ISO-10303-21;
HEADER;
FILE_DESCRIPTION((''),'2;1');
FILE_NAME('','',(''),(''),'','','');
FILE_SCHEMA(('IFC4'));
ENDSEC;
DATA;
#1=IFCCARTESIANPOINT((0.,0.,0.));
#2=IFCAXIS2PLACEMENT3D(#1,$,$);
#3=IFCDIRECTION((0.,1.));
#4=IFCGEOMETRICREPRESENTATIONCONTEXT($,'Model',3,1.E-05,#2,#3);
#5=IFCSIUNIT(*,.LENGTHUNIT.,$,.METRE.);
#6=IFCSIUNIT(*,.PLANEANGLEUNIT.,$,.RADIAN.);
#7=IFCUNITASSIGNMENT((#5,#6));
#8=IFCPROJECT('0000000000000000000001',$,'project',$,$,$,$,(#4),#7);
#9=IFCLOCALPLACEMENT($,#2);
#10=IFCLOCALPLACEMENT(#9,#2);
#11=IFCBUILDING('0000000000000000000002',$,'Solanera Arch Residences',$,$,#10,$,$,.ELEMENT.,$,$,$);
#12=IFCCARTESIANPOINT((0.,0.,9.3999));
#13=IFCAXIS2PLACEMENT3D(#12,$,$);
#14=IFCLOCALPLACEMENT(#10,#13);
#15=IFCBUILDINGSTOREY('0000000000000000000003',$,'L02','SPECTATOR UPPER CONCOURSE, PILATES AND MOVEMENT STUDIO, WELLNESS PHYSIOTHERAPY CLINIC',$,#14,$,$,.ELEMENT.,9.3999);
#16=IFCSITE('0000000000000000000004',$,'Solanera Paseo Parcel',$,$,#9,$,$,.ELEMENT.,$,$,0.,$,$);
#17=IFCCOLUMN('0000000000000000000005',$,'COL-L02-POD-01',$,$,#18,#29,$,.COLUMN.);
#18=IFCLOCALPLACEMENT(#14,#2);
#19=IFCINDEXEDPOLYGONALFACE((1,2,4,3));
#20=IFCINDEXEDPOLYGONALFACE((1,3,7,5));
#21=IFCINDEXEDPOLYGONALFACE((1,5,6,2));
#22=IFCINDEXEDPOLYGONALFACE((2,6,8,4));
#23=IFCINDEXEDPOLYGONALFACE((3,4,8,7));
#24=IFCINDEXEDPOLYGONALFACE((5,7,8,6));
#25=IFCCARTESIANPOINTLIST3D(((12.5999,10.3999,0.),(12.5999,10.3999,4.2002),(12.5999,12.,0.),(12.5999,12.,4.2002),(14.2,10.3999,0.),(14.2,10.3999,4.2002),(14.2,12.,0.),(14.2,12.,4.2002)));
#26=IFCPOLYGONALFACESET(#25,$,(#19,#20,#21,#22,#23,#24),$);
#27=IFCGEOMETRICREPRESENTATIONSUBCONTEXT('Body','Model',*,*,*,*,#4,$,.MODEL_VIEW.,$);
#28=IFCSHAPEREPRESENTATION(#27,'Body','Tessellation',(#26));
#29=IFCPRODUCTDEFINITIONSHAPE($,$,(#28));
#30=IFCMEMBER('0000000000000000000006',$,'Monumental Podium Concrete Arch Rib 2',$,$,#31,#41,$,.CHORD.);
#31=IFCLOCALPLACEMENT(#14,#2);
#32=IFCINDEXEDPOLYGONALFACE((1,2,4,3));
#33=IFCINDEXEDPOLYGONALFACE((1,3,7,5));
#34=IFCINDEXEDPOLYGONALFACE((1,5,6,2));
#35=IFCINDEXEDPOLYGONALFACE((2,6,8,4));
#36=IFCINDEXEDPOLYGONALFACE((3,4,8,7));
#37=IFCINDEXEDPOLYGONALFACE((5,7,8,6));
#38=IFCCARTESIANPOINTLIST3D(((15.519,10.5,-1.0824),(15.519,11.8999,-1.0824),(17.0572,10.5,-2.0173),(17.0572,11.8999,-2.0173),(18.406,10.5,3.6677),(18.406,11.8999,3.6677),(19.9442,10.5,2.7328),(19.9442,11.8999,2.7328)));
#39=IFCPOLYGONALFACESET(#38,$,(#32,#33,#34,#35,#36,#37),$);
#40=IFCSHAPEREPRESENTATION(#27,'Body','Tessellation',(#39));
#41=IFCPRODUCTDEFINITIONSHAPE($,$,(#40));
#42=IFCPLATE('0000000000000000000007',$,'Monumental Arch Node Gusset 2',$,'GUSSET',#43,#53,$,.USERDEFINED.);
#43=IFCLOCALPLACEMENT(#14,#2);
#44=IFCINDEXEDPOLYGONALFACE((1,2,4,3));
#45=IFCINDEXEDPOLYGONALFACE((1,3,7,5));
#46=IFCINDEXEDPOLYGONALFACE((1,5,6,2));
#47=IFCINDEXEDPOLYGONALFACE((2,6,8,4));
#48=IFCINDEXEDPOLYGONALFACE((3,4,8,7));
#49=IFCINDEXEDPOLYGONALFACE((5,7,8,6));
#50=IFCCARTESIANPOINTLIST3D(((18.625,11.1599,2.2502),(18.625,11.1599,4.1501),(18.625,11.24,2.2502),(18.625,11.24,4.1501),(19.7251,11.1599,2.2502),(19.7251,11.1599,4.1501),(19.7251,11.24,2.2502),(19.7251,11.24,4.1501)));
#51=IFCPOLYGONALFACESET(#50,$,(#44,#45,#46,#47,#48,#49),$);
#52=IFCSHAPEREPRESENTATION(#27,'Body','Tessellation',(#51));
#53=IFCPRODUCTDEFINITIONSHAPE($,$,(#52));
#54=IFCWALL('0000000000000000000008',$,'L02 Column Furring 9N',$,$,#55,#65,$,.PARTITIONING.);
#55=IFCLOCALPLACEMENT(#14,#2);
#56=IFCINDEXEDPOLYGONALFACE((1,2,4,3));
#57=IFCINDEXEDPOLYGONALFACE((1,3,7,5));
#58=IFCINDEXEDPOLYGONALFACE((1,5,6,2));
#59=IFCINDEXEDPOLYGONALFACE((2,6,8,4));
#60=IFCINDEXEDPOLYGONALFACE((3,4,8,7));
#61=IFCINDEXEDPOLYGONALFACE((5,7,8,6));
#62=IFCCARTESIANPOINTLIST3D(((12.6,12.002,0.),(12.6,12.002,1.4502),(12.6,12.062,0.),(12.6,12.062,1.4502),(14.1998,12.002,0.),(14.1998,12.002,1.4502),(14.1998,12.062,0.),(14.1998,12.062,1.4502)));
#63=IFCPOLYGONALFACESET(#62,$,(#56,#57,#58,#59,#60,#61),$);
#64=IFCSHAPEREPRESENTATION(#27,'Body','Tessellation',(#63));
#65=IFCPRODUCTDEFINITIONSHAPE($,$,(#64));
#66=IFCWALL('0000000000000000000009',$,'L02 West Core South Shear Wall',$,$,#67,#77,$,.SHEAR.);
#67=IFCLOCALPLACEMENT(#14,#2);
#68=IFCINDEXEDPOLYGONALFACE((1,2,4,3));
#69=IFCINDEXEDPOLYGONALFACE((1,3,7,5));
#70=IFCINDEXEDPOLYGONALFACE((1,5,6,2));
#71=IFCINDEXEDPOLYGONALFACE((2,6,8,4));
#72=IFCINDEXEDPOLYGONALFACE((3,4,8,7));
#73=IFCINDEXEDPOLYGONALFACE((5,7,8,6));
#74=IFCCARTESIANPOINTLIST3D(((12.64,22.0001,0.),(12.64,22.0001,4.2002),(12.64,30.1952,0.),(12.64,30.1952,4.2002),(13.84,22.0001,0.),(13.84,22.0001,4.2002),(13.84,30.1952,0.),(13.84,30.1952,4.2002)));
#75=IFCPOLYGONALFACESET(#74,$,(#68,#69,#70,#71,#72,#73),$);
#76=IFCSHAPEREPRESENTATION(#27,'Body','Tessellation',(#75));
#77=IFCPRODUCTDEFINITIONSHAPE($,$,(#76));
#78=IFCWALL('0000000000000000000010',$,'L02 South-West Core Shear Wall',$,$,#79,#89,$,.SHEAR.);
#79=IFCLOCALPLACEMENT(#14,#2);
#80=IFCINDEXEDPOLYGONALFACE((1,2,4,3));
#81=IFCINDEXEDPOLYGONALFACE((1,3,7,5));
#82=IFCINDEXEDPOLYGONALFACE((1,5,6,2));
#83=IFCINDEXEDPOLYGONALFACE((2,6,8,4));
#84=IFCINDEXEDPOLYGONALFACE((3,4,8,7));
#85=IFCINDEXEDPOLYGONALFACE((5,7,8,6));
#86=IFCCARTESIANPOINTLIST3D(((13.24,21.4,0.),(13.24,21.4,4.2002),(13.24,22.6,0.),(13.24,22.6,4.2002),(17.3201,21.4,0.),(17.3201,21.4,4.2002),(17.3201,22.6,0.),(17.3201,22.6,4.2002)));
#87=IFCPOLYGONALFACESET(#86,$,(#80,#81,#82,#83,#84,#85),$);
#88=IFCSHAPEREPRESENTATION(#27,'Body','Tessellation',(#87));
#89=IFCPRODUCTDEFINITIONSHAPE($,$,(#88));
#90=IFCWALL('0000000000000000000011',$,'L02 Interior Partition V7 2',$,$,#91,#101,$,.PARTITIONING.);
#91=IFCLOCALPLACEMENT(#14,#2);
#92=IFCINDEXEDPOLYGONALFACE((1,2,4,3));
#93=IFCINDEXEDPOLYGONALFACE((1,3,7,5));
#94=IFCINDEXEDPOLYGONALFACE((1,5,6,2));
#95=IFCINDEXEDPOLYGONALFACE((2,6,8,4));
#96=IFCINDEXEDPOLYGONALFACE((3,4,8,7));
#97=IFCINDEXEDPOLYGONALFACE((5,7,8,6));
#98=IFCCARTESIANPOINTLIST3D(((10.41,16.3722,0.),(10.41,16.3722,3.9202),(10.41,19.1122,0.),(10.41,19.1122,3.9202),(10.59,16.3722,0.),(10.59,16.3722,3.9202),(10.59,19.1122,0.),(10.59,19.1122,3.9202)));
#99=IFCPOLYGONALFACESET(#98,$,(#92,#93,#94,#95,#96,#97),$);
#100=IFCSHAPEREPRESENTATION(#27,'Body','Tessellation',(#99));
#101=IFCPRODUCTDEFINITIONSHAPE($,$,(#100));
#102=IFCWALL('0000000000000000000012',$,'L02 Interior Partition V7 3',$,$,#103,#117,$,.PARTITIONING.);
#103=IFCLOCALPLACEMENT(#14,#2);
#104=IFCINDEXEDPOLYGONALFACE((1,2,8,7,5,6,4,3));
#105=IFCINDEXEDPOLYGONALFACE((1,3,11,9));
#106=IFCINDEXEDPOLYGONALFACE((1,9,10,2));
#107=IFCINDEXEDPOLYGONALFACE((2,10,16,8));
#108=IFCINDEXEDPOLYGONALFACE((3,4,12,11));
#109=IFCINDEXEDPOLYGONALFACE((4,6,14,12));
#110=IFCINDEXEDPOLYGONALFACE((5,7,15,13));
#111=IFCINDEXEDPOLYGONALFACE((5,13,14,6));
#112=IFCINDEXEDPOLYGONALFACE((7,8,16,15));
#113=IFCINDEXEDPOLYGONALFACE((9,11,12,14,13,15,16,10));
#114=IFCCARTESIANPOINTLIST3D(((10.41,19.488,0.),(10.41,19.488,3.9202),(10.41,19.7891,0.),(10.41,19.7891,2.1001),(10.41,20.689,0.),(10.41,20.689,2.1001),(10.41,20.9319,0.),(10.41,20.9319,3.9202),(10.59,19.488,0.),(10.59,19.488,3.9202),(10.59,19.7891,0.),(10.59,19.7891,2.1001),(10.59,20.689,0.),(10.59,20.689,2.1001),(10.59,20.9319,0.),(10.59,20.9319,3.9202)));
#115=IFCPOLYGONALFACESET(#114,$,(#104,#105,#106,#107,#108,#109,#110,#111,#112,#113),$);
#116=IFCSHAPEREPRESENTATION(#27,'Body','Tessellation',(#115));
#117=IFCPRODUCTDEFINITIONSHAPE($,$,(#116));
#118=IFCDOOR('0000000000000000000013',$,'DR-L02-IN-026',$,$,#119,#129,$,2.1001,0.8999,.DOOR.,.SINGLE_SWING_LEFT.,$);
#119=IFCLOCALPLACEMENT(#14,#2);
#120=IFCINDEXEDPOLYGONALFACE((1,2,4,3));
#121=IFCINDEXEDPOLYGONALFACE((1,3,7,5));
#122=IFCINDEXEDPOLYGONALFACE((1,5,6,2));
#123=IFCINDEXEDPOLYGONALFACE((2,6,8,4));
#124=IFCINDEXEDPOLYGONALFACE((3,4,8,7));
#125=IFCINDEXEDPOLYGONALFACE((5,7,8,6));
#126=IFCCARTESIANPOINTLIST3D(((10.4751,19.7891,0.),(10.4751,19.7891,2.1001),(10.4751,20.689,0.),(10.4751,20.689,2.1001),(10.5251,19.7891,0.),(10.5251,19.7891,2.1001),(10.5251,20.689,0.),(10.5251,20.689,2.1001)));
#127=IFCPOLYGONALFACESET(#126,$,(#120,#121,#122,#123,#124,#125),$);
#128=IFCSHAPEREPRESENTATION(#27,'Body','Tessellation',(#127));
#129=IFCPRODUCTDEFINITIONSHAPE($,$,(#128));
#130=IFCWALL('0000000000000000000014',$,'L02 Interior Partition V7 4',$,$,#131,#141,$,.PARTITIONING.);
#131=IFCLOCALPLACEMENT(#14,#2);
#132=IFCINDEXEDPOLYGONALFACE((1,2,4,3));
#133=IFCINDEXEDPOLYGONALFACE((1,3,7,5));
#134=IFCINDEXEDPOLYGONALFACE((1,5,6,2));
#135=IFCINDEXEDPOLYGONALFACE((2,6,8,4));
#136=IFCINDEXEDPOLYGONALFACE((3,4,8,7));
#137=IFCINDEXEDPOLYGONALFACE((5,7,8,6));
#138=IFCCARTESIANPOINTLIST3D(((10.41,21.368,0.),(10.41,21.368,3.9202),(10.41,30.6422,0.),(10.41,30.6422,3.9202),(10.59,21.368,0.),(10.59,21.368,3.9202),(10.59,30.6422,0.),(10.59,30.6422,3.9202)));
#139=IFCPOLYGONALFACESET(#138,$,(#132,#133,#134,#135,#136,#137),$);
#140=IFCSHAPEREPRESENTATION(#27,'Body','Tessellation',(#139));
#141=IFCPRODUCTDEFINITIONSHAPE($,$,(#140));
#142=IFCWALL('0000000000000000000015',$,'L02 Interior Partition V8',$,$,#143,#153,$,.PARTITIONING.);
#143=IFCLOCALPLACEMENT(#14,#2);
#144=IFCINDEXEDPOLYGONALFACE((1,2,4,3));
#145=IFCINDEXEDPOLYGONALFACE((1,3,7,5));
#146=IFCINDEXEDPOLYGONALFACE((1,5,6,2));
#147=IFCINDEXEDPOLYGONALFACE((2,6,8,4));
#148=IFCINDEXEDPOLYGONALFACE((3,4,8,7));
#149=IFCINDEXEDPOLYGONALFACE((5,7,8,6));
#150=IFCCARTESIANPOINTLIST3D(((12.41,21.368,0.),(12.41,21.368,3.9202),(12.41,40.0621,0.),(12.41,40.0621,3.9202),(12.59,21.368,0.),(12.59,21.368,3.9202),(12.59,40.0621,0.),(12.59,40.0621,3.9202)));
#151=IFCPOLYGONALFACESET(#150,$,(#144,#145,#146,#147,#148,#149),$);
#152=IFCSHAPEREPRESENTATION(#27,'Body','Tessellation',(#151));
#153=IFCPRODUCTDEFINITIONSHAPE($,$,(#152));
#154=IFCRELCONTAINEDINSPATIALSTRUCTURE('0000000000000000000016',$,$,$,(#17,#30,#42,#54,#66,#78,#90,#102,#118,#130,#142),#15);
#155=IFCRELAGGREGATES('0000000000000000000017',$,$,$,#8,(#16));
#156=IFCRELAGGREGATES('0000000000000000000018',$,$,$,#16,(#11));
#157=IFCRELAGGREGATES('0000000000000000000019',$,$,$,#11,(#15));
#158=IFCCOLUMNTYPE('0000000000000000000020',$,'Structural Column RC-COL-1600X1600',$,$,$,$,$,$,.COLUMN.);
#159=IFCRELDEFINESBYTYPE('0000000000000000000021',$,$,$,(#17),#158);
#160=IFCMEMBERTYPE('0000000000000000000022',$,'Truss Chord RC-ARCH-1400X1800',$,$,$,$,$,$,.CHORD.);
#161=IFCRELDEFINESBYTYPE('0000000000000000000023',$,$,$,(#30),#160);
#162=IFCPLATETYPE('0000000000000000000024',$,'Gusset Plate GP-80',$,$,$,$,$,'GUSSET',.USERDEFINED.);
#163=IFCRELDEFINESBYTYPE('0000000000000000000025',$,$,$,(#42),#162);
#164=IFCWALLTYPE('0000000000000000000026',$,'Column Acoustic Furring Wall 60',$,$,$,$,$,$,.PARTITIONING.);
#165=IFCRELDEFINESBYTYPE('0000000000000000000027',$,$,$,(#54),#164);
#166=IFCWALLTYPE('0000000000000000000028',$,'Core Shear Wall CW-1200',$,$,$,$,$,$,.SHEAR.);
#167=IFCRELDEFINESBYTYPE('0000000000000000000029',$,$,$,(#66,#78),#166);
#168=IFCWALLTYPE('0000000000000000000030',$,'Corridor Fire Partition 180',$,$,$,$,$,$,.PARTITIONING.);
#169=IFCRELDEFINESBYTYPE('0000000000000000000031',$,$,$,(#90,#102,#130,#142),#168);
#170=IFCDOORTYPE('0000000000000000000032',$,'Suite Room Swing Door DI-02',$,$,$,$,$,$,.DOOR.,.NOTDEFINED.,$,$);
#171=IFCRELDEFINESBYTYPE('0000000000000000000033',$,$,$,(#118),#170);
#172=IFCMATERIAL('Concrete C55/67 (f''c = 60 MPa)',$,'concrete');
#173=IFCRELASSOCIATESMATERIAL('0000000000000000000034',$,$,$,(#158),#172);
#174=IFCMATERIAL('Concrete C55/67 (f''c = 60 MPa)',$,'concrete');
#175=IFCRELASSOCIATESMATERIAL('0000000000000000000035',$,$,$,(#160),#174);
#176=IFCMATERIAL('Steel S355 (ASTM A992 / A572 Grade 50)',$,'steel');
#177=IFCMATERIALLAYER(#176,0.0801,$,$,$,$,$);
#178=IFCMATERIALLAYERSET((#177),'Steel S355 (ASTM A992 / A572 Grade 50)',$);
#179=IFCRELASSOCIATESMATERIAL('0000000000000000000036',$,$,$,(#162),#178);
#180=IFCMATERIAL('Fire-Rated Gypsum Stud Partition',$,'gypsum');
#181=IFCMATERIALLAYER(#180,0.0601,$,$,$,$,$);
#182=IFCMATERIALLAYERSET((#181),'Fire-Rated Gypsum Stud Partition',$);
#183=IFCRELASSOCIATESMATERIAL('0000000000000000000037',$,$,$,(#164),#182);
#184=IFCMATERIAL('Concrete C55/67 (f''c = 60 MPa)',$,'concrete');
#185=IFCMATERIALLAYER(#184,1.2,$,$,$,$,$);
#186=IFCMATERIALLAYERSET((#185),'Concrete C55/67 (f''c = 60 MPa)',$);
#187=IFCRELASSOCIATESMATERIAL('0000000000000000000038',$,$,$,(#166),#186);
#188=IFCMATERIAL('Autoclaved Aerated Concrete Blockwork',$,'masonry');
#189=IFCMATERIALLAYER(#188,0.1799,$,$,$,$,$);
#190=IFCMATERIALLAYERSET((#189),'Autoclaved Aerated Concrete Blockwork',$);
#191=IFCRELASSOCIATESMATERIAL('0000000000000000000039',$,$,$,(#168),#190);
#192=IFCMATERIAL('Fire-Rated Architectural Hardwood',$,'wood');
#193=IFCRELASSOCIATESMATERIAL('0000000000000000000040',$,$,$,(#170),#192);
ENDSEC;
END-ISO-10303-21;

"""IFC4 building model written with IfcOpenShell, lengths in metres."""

from ifc_helpers import new_model, si_unit, direction, frame, frame_2d, origin, origin_2d, place, context, subcontext, project, spatial, rectangle, extrude, material, layer, layer_set, material_profile, profile_set, type_object, element, fill, save


model = new_model("IFC4")

# Units and contexts
model_context = context("Model", 3, precision=1e-05, world=origin(), true_north=direction((0.0, 1.0)))
body_context = subcontext(model_context, "Body", "Model", "MODEL_VIEW")
ifc_project = project(units=[si_unit("LENGTHUNIT", "METRE"), si_unit("PLANEANGLEUNIT", "RADIAN")], contexts=[model_context])

# Site, building, storey
site_placement = place(None, origin())
site = spatial("IfcSite", under=ifc_project, at=site_placement, Name="Solanera Paseo Parcel", CompositionType="ELEMENT", RefElevation=0.0)
building_placement = place(site_placement, origin())
building = spatial("IfcBuilding", under=site, at=building_placement, Name="Solanera Arch Residences", CompositionType="ELEMENT")
storey_placement = place(building_placement, frame((0.0, 0.0, 9.3999)))
storey = spatial("IfcBuildingStorey", under=building, at=storey_placement, Name="L02", Description="SPECTATOR UPPER CONCOURSE, PILATES AND MOVEMENT STUDIO, WELLNESS PHYSIOTHERAPY CLINIC", CompositionType="ELEMENT", Elevation=9.3999)

# Column
ifc_material_1 = material(Name="Concrete C55/67 (f'c = 60 MPa)", Category="concrete")
ifc_material_profile_1 = material_profile(ifc_material_1, rectangle(XDim=1.6001, YDim=1.6001, at=origin_2d()))
ifc_profile_set_1 = profile_set([ifc_material_profile_1], Name="Concrete C55/67 (f'c = 60 MPa)")
column_type = type_object("IfcColumnType", Name="Structural Column RC-COL-1600X1600", PredefinedType="COLUMN", material=ifc_profile_set_1)
column_placement = place(storey_placement, frame((13.3999, 11.2, 0.0), z_axis=(0.0, 0.0, 1.0), x_axis=(1.0, 0.0, 0.0)))
element("IfcColumn", 1, at=column_placement, inside=storey, type_object=column_type, Name="COL-L02-POD-01", PredefinedType="COLUMN", context=body_context, shape_type="SweptSolid", body=[
    extrude(rectangle(XDim=1.6001, YDim=1.6001, at=origin_2d()), origin(), (0.0, 0.0, 1.0), 4.2002),
])

# Member
ifc_material_2 = material(Name="Concrete C55/67 (f'c = 60 MPa)", Category="concrete")
ifc_material_profile_2 = material_profile(ifc_material_2, rectangle(XDim=1.3999, YDim=1.8, at=origin_2d()))
ifc_profile_set_2 = profile_set([ifc_material_profile_2], Name="Concrete C55/67 (f'c = 60 MPa)")
member_type = type_object("IfcMemberType", Name="Truss Chord RC-ARCH-1400X1800", PredefinedType="CHORD", material=ifc_profile_set_2)
member_placement = place(storey_placement, frame((16.2881, 11.2, -1.5498), z_axis=(0.519377, 0.0, 0.854545), x_axis=(0.0, 1.0, 0.0)))
element("IfcMember", 2, at=member_placement, inside=storey, type_object=member_type, Name="Monumental Podium Concrete Arch Rib 2", PredefinedType="CHORD", context=body_context, shape_type="SweptSolid", body=[
    extrude(rectangle(XDim=1.3999, YDim=1.8, at=origin_2d()), origin(), (0.0, 0.0, 1.0), 5.5586),
])

# Plate
ifc_material_3 = material(Name="Steel S355 (ASTM A992 / A572 Grade 50)", Category="steel")
ifc_layer_1 = layer(ifc_material_3, 0.0801)
ifc_layer_set_1 = layer_set([ifc_layer_1], Name="Steel S355 (ASTM A992 / A572 Grade 50)")
plate_type = type_object("IfcPlateType", Name="Gusset Plate GP-80", ElementType="GUSSET", PredefinedType="USERDEFINED", material=ifc_layer_set_1)
plate_placement = place(storey_placement, frame((19.175, 11.2, 2.2502), z_axis=(0.0, 0.0, 1.0), x_axis=(1.0, 0.0, 0.0)))
element("IfcPlate", 3, at=plate_placement, inside=storey, type_object=plate_type, Name="Monumental Arch Node Gusset 2", ObjectType="GUSSET", PredefinedType="USERDEFINED", context=body_context, shape_type="SweptSolid", body=[
    extrude(rectangle(XDim=1.1001, YDim=0.0801, at=origin_2d()), origin(), (0.0, 0.0, 1.0), 1.8999),
])

# Walls
ifc_material_4 = material(Name="Fire-Rated Gypsum Stud Partition", Category="gypsum")
ifc_layer_2 = layer(ifc_material_4, 0.0601)
ifc_layer_set_2 = layer_set([ifc_layer_2], Name="Fire-Rated Gypsum Stud Partition")
wall_type_1 = type_object("IfcWallType", Name="Column Acoustic Furring Wall 60", PredefinedType="PARTITIONING", material=ifc_layer_set_2)
wall_1_placement = place(storey_placement, frame((12.6001, 12.032, 0.0), z_axis=(0.0, 0.0, 1.0), x_axis=(1.0, 0.0, 0.0)))
element("IfcWall", 4, at=wall_1_placement, inside=storey, type_object=wall_type_1, Name="L02 Column Furring 9N", PredefinedType="PARTITIONING", context=body_context, shape_type="SweptSolid", body=[
    extrude(rectangle(XDim=1.5999, YDim=0.0601, at=frame_2d((0.7998, 0.0))), origin(), (0.0, 0.0, 1.0), 1.4502),
])
ifc_material_5 = material(Name="Concrete C55/67 (f'c = 60 MPa)", Category="concrete")
ifc_layer_3 = layer(ifc_material_5, 1.2)
ifc_layer_set_3 = layer_set([ifc_layer_3], Name="Concrete C55/67 (f'c = 60 MPa)")
wall_type_2 = type_object("IfcWallType", Name="Core Shear Wall CW-1200", PredefinedType="SHEAR", material=ifc_layer_set_3)
wall_2_placement = place(storey_placement, frame((13.24, 22.0, 0.0), z_axis=(0.0, 0.0, 1.0), x_axis=(0.0, 1.0, 0.0)))
element("IfcWall", 5, at=wall_2_placement, inside=storey, type_object=wall_type_2, Name="L02 West Core South Shear Wall", PredefinedType="SHEAR", context=body_context, shape_type="SweptSolid", body=[
    extrude(rectangle(XDim=8.1951, YDim=1.2, at=frame_2d((4.0977, 0.0))), origin(), (0.0, 0.0, 1.0), 4.2002),
])
wall_3_placement = place(storey_placement, frame((13.24, 22.0, 0.0), z_axis=(0.0, 0.0, 1.0), x_axis=(1.0, 0.0, 0.0)))
element("IfcWall", 6, at=wall_3_placement, inside=storey, type_object=wall_type_2, Name="L02 South-West Core Shear Wall", PredefinedType="SHEAR", context=body_context, shape_type="SweptSolid", body=[
    extrude(rectangle(XDim=4.0801, YDim=1.2, at=frame_2d((2.04, 0.0))), origin(), (0.0, 0.0, 1.0), 4.2002),
])

# Wall
ifc_material_6 = material(Name="Autoclaved Aerated Concrete Blockwork", Category="masonry")
ifc_layer_4 = layer(ifc_material_6, 0.1799)
ifc_layer_set_4 = layer_set([ifc_layer_4], Name="Autoclaved Aerated Concrete Blockwork")
wall_type_3 = type_object("IfcWallType", Name="Corridor Fire Partition 180", PredefinedType="PARTITIONING", material=ifc_layer_set_4)
wall_4_placement = place(storey_placement, frame((10.5, 16.3721, 0.0), z_axis=(0.0, 0.0, 1.0), x_axis=(0.0, 1.0, 0.0)))
element("IfcWall", 7, at=wall_4_placement, inside=storey, type_object=wall_type_3, Name="L02 Interior Partition V7 2", PredefinedType="PARTITIONING", context=body_context, shape_type="SweptSolid", body=[
    extrude(rectangle(XDim=2.74, YDim=0.1799, at=frame_2d((1.3701, 0.0))), origin(), (0.0, 0.0, 1.0), 3.9202),
])

# Wall, opening, door
wall_5_placement = place(storey_placement, frame((10.5, 19.488, 0.0), z_axis=(0.0, 0.0, 1.0), x_axis=(0.0, 1.0, 0.0)))
wall_5 = element("IfcWall", 8, at=wall_5_placement, inside=storey, type_object=wall_type_3, Name="L02 Interior Partition V7 3", PredefinedType="PARTITIONING", context=body_context, shape_type="SweptSolid", body=[
    extrude(rectangle(XDim=1.4438, YDim=0.1799, at=frame_2d((0.7219, 0.0))), origin(), (0.0, 0.0, 1.0), 3.9202),
])
opening_1_placement = place(wall_5_placement, frame((0.301, 0.0, 0.0)))
opening_1 = element("IfcOpeningElement", 9, at=opening_1_placement, cuts=wall_5, PredefinedType="OPENING", context=body_context, shape_type="SweptSolid", body=[
    extrude(rectangle(XDim=0.8999, YDim=2.1001, at=frame_2d((0.45, 1.05))), frame((0.0, 0.1001, 0.0), z_axis=(0.0, -1.0, 0.0), x_axis=(1.0, 0.0, 0.0)), (0.0, 0.0, 1.0), 0.1999),
])
ifc_material_7 = material(Name="Fire-Rated Architectural Hardwood", Category="wood")
door_type_1 = type_object("IfcDoorType", Name="Suite Room Swing Door DI-02", OperationType="NOTDEFINED", PredefinedType="DOOR", material=ifc_material_7)
door_1_placement = place(opening_1_placement, origin())
door_1 = element("IfcDoor", 10, at=door_1_placement, inside=storey, type_object=door_type_1, Name="DR-L02-IN-026", OperationType="SINGLE_SWING_LEFT", OverallHeight=2.1001, OverallWidth=0.8999, PredefinedType="DOOR", context=body_context, shape_type="SweptSolid", body=[
    extrude(rectangle(XDim=0.8999, YDim=2.1001, at=frame_2d((0.45, 1.05))), frame((0.0, 0.0249, 0.0), z_axis=(0.0, -1.0, 0.0), x_axis=(1.0, 0.0, 0.0)), (0.0, 0.0, 1.0), 0.05),
])
fill(opening_1, door_1)

# Walls
wall_6_placement = place(storey_placement, frame((10.5, 21.3679, 0.0), z_axis=(0.0, 0.0, 1.0), x_axis=(0.0, 1.0, 0.0)))
element("IfcWall", 11, at=wall_6_placement, inside=storey, type_object=wall_type_3, Name="L02 Interior Partition V7 4", PredefinedType="PARTITIONING", context=body_context, shape_type="SweptSolid", body=[
    extrude(rectangle(XDim=9.2742, YDim=0.1799, at=frame_2d((4.6372, 0.0))), origin(), (0.0, 0.0, 1.0), 3.9202),
])
wall_7_placement = place(storey_placement, frame((12.5, 21.3679, 0.0), z_axis=(0.0, 0.0, 1.0), x_axis=(0.0, 1.0, 0.0)))
element("IfcWall", 12, at=wall_7_placement, inside=storey, type_object=wall_type_3, Name="L02 Interior Partition V8", PredefinedType="PARTITIONING", context=body_context, shape_type="SweptSolid", body=[
    extrude(rectangle(XDim=18.6941, YDim=0.1799, at=frame_2d((9.3472, 0.0))), origin(), (0.0, 0.0, 1.0), 3.9202),
])

save(model, "model.ifc")
